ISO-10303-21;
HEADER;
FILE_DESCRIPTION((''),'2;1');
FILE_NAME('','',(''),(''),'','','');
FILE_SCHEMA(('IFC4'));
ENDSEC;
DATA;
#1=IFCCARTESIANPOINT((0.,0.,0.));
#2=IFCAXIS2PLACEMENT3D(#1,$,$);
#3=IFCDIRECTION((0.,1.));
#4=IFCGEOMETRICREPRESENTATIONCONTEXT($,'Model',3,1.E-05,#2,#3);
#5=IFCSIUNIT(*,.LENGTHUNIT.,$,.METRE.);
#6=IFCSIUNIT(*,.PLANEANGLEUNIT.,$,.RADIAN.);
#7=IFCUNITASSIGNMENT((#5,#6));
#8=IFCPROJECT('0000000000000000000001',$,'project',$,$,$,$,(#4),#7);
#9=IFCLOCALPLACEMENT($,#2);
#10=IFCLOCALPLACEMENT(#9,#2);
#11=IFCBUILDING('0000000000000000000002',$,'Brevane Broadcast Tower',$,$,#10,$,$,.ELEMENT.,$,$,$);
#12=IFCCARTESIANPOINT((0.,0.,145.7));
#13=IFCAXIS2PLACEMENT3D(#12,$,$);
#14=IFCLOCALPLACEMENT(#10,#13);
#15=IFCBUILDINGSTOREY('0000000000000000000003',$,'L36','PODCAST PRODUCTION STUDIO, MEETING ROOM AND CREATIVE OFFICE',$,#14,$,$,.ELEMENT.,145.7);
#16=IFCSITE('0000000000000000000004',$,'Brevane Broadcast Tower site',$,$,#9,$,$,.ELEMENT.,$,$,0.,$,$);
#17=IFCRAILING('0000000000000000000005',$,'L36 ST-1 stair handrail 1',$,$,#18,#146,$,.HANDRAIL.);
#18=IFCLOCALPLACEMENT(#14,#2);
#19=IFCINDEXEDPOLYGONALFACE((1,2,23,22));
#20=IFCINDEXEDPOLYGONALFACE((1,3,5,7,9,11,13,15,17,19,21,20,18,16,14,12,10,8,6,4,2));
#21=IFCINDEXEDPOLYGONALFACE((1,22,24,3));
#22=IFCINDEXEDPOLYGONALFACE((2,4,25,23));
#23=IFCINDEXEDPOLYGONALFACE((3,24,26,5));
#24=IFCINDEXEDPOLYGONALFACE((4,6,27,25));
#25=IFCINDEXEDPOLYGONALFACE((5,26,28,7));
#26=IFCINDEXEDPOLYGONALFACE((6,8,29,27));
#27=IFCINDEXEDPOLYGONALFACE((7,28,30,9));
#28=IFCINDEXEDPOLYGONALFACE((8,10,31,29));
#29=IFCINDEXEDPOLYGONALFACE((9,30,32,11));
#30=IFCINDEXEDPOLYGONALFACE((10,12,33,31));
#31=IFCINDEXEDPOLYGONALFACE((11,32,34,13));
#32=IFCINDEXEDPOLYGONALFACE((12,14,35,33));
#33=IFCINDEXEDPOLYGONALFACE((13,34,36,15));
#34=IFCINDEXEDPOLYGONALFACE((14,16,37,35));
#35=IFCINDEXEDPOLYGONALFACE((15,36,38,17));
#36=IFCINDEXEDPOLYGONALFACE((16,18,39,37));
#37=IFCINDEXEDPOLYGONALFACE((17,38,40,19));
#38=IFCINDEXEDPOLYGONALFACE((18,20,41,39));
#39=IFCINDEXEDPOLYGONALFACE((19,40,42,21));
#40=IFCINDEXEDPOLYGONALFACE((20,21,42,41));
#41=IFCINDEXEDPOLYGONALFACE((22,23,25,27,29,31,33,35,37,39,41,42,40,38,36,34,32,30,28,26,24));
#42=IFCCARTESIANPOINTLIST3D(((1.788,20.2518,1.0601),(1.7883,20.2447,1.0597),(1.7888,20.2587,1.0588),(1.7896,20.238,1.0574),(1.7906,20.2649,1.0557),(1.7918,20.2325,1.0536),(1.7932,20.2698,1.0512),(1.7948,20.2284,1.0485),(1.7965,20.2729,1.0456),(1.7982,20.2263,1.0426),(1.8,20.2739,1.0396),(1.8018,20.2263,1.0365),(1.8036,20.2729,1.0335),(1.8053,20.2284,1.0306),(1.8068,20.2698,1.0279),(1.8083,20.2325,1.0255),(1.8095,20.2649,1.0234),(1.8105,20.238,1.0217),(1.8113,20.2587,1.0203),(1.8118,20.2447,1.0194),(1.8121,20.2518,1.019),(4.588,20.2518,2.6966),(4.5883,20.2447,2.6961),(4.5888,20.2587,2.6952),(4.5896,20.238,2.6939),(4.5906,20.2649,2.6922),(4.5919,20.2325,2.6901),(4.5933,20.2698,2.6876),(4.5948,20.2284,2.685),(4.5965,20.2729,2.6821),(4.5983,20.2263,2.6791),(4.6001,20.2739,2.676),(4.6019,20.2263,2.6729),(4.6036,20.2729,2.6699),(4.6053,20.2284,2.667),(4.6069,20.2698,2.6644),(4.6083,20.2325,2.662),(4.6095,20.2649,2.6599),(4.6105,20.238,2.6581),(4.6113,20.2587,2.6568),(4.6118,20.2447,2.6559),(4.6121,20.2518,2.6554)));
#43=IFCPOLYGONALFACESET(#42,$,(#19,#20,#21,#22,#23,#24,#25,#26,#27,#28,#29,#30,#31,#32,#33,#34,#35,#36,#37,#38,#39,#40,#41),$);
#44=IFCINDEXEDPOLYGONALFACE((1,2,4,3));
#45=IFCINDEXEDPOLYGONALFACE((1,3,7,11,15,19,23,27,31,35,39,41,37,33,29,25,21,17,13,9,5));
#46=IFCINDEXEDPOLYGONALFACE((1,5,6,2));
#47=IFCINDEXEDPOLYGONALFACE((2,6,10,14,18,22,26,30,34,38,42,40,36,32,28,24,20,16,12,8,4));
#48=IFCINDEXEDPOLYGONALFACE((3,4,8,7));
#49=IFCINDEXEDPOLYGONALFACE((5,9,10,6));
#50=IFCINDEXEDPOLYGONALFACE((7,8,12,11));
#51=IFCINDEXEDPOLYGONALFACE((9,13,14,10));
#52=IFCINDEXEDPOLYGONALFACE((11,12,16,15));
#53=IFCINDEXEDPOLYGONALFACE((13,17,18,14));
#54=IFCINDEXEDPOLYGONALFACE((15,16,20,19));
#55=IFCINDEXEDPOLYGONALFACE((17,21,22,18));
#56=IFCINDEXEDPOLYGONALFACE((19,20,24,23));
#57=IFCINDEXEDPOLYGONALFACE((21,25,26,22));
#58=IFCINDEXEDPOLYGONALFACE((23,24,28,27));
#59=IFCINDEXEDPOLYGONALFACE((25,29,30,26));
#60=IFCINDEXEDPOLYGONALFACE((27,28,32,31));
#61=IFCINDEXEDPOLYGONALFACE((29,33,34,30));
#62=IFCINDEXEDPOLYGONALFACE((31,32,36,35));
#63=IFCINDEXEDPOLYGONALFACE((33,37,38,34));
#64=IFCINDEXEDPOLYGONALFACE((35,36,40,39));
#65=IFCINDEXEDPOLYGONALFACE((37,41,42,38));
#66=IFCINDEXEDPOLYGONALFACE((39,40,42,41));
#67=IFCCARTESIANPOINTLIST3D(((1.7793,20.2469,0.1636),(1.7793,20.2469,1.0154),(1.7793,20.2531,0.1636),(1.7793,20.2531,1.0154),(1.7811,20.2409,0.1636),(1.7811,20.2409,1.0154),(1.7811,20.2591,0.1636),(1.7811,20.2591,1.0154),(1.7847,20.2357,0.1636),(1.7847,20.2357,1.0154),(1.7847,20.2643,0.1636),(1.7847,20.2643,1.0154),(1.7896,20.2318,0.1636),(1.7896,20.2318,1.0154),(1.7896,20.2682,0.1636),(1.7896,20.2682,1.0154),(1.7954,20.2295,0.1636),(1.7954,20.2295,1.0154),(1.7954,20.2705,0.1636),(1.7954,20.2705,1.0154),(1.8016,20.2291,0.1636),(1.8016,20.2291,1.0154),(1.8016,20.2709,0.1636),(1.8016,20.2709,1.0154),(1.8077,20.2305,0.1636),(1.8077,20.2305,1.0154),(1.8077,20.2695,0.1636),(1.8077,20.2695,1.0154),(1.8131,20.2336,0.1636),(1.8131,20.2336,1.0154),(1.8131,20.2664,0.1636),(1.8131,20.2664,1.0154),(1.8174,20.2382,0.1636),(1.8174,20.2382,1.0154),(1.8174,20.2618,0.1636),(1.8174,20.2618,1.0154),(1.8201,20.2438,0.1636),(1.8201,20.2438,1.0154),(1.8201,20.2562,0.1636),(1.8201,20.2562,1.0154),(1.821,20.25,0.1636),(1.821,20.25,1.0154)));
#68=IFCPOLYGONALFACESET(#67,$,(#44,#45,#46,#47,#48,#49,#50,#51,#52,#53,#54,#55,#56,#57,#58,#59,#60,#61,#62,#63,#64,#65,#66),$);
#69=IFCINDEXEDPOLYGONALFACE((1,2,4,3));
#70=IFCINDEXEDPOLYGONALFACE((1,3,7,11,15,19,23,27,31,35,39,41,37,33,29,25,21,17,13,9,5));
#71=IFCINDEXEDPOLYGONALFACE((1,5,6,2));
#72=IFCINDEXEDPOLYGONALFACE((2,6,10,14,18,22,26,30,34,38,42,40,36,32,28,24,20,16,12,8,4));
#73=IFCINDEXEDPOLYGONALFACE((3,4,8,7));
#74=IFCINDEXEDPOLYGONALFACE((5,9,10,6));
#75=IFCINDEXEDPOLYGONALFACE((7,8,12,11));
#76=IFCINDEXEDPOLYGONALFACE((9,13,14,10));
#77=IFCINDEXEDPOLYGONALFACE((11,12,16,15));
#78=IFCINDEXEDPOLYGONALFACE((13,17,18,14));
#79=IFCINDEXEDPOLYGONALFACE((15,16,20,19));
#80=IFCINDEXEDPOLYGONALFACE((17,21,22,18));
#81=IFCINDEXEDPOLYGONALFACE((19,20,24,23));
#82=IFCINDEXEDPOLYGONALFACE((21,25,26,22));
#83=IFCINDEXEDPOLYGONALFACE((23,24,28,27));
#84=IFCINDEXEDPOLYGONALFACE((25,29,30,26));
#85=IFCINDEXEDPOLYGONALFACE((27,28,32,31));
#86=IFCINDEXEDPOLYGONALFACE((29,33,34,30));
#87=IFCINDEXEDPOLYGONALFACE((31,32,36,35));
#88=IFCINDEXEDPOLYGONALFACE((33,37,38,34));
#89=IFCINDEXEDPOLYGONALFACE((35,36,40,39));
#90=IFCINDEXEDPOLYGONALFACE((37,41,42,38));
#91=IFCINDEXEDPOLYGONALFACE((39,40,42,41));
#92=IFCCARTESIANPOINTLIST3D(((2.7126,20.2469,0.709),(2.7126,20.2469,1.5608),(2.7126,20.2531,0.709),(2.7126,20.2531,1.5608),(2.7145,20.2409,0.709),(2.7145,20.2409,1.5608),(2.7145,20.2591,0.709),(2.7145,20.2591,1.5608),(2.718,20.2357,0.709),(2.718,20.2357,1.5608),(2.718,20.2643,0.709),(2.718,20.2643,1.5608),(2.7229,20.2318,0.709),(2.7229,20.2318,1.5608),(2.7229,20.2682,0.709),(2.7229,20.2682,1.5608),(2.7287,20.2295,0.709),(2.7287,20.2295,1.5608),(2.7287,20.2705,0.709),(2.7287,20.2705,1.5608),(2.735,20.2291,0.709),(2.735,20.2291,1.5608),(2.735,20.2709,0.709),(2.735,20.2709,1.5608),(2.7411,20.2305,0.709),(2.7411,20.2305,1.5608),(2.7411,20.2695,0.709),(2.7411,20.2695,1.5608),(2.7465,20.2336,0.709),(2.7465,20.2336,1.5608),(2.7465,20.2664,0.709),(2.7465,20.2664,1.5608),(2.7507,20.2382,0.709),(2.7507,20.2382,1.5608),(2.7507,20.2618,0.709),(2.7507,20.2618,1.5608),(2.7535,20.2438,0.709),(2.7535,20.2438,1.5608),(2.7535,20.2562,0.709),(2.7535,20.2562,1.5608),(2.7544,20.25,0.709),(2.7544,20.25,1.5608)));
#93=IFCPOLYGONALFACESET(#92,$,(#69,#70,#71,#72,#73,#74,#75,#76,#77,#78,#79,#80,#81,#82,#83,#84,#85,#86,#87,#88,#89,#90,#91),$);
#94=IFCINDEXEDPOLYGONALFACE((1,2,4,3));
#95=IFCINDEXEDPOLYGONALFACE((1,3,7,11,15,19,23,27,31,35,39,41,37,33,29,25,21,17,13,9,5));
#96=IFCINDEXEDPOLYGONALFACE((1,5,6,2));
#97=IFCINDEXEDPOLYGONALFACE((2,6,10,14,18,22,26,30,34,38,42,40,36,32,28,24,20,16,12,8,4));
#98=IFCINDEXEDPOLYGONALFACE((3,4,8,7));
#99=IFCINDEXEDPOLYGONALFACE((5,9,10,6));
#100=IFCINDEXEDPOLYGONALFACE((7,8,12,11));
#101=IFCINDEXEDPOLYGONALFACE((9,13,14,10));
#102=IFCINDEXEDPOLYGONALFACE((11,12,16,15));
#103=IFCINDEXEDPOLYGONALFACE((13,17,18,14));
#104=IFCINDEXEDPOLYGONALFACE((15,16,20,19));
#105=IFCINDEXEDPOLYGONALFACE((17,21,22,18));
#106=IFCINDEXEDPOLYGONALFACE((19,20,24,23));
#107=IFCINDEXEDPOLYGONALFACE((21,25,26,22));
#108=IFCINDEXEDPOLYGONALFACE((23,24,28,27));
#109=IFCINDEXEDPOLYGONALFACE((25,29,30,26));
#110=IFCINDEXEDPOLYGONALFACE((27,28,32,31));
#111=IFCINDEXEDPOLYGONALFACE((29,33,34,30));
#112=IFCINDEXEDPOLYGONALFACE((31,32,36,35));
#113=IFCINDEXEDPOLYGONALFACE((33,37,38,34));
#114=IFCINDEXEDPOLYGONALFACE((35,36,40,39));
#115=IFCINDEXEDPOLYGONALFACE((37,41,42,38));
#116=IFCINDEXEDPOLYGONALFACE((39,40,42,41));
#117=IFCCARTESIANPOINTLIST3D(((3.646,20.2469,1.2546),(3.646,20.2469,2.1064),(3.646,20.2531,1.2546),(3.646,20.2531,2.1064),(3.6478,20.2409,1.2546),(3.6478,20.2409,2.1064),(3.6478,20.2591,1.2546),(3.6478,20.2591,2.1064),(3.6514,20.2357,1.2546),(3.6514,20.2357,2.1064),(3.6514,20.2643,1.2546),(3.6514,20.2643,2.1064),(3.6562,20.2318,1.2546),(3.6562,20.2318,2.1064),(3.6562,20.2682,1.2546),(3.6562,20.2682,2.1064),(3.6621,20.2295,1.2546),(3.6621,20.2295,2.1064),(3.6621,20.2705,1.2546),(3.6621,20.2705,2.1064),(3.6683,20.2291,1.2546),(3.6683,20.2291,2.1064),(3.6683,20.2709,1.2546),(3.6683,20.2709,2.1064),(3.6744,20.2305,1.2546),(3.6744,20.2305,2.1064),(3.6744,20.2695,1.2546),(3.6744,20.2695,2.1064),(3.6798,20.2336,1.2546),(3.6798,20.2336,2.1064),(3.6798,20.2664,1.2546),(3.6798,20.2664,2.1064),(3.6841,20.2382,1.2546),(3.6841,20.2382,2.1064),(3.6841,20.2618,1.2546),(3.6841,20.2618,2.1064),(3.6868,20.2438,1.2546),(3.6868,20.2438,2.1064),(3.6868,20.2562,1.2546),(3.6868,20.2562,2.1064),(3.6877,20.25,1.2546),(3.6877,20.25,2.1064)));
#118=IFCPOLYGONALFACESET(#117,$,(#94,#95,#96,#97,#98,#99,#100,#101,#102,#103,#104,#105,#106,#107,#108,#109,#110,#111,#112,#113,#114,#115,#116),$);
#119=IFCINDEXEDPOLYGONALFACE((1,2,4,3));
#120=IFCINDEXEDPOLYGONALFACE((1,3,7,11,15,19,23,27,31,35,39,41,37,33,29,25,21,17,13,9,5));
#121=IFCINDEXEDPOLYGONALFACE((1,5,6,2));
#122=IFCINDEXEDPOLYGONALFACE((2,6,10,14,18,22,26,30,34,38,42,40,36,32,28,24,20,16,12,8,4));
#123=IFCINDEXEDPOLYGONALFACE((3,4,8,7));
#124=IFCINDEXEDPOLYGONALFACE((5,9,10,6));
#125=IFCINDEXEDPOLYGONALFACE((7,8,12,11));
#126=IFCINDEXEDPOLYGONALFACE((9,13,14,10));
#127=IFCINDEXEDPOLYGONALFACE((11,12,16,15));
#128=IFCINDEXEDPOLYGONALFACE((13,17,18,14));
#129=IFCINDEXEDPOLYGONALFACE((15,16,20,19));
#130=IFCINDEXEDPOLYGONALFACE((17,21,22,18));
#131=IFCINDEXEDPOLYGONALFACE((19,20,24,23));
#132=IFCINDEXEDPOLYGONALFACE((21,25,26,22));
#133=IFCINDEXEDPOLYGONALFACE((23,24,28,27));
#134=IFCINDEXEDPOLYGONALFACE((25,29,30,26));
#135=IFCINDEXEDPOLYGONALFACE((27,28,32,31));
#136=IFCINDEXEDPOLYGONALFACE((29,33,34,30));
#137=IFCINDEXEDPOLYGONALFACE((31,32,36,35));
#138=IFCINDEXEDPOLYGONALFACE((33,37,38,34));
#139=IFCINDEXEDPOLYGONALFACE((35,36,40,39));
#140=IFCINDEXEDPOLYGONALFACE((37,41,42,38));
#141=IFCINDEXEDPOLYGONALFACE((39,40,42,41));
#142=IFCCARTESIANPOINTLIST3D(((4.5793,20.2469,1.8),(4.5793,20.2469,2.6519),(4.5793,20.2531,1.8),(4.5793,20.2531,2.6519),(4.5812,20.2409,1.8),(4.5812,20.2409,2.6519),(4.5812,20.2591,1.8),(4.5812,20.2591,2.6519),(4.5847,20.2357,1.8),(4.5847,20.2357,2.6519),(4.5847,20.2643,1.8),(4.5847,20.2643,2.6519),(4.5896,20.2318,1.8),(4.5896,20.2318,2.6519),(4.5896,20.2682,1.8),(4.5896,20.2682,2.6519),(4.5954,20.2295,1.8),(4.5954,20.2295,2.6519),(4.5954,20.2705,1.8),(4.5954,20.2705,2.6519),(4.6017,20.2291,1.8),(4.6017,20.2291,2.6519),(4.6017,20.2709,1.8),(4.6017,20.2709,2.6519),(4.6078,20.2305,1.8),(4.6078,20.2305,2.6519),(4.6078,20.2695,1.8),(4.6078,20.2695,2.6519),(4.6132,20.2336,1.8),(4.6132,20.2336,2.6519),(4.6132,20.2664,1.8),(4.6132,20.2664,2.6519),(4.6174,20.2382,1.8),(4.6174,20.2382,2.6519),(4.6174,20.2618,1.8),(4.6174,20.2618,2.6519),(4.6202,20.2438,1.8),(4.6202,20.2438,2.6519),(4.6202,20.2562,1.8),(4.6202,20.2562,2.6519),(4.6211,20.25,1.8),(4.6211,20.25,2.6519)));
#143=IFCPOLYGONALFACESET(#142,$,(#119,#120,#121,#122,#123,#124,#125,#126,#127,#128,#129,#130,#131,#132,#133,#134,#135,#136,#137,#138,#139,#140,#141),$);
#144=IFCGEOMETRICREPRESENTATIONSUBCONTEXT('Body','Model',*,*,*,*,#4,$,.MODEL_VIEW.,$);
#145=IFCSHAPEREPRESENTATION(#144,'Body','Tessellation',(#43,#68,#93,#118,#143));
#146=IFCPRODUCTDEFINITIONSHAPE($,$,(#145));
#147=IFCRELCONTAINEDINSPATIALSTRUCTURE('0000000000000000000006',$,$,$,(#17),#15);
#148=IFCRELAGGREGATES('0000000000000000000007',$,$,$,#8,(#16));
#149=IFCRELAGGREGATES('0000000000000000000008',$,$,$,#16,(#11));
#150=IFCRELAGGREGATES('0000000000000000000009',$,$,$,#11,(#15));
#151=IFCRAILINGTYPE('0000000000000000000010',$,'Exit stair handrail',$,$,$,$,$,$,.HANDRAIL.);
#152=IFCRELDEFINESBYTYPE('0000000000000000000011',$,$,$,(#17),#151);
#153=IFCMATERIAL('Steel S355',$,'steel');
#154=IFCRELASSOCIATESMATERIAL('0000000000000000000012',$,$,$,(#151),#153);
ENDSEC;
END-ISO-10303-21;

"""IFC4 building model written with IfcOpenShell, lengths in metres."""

from ifc_helpers import new_model, si_unit, direction, frame, origin, origin_2d, place, context, subcontext, project, spatial, circle, extrude, material, type_object, element, save


model = new_model("IFC4")

# Units and contexts
model_context = context("Model", 3, precision=1e-05, world=origin(), true_north=direction((0.0, 1.0)))
body_context = subcontext(model_context, "Body", "Model", "MODEL_VIEW")
ifc_project = project(units=[si_unit("LENGTHUNIT", "METRE"), si_unit("PLANEANGLEUNIT", "RADIAN")], contexts=[model_context])

# Site, building, storey
site_placement = place(None, origin())
site = spatial("IfcSite", under=ifc_project, at=site_placement, Name="Brevane Broadcast Tower site", CompositionType="ELEMENT", RefElevation=0.0)
building_placement = place(site_placement, origin())
building = spatial("IfcBuilding", under=site, at=building_placement, Name="Brevane Broadcast Tower", CompositionType="ELEMENT")
storey_placement = place(building_placement, frame((0.0, 0.0, 145.7)))
storey = spatial("IfcBuildingStorey", under=building, at=storey_placement, Name="L36", Description="PODCAST PRODUCTION STUDIO, MEETING ROOM AND CREATIVE OFFICE", CompositionType="ELEMENT", Elevation=145.7)

# Railing
ifc_material_1 = material(Name="Steel S355", Category="steel")
railing_type_1 = type_object("IfcRailingType", Name="Exit stair handrail", PredefinedType="HANDRAIL", material=ifc_material_1)
railing_1_placement = place(storey_placement, frame((1.8, 20.25, 0.1636)))
element("IfcRailing", 1, at=railing_1_placement, inside=storey, type_object=railing_type_1, Name="L36 ST-1 stair handrail 1", PredefinedType="HANDRAIL", context=body_context, shape_type="SweptSolid", body=[
    extrude(circle(Radius=0.0239, at=origin_2d()), frame((0.0, 0.0, 0.876), z_axis=(0.863361, 0.0, 0.504587), x_axis=(0.0, 1.0, 0.0)), (0.0, 0.0, 1.0), 3.2432),
    extrude(circle(Radius=0.021, at=origin_2d()), origin(), (0.0, 0.0, 1.0), 0.8518),
    extrude(circle(Radius=0.021, at=origin_2d()), frame((0.9333, 0.0, 0.5454)), (0.0, 0.0, 1.0), 0.8518),
    extrude(circle(Radius=0.021, at=origin_2d()), frame((1.8667, 0.0, 1.0911)), (0.0, 0.0, 1.0), 0.8518),
    extrude(circle(Radius=0.021, at=origin_2d()), frame((2.8, 0.0, 1.6365)), (0.0, 0.0, 1.0), 0.8518),
])

save(model, "model.ifc")
